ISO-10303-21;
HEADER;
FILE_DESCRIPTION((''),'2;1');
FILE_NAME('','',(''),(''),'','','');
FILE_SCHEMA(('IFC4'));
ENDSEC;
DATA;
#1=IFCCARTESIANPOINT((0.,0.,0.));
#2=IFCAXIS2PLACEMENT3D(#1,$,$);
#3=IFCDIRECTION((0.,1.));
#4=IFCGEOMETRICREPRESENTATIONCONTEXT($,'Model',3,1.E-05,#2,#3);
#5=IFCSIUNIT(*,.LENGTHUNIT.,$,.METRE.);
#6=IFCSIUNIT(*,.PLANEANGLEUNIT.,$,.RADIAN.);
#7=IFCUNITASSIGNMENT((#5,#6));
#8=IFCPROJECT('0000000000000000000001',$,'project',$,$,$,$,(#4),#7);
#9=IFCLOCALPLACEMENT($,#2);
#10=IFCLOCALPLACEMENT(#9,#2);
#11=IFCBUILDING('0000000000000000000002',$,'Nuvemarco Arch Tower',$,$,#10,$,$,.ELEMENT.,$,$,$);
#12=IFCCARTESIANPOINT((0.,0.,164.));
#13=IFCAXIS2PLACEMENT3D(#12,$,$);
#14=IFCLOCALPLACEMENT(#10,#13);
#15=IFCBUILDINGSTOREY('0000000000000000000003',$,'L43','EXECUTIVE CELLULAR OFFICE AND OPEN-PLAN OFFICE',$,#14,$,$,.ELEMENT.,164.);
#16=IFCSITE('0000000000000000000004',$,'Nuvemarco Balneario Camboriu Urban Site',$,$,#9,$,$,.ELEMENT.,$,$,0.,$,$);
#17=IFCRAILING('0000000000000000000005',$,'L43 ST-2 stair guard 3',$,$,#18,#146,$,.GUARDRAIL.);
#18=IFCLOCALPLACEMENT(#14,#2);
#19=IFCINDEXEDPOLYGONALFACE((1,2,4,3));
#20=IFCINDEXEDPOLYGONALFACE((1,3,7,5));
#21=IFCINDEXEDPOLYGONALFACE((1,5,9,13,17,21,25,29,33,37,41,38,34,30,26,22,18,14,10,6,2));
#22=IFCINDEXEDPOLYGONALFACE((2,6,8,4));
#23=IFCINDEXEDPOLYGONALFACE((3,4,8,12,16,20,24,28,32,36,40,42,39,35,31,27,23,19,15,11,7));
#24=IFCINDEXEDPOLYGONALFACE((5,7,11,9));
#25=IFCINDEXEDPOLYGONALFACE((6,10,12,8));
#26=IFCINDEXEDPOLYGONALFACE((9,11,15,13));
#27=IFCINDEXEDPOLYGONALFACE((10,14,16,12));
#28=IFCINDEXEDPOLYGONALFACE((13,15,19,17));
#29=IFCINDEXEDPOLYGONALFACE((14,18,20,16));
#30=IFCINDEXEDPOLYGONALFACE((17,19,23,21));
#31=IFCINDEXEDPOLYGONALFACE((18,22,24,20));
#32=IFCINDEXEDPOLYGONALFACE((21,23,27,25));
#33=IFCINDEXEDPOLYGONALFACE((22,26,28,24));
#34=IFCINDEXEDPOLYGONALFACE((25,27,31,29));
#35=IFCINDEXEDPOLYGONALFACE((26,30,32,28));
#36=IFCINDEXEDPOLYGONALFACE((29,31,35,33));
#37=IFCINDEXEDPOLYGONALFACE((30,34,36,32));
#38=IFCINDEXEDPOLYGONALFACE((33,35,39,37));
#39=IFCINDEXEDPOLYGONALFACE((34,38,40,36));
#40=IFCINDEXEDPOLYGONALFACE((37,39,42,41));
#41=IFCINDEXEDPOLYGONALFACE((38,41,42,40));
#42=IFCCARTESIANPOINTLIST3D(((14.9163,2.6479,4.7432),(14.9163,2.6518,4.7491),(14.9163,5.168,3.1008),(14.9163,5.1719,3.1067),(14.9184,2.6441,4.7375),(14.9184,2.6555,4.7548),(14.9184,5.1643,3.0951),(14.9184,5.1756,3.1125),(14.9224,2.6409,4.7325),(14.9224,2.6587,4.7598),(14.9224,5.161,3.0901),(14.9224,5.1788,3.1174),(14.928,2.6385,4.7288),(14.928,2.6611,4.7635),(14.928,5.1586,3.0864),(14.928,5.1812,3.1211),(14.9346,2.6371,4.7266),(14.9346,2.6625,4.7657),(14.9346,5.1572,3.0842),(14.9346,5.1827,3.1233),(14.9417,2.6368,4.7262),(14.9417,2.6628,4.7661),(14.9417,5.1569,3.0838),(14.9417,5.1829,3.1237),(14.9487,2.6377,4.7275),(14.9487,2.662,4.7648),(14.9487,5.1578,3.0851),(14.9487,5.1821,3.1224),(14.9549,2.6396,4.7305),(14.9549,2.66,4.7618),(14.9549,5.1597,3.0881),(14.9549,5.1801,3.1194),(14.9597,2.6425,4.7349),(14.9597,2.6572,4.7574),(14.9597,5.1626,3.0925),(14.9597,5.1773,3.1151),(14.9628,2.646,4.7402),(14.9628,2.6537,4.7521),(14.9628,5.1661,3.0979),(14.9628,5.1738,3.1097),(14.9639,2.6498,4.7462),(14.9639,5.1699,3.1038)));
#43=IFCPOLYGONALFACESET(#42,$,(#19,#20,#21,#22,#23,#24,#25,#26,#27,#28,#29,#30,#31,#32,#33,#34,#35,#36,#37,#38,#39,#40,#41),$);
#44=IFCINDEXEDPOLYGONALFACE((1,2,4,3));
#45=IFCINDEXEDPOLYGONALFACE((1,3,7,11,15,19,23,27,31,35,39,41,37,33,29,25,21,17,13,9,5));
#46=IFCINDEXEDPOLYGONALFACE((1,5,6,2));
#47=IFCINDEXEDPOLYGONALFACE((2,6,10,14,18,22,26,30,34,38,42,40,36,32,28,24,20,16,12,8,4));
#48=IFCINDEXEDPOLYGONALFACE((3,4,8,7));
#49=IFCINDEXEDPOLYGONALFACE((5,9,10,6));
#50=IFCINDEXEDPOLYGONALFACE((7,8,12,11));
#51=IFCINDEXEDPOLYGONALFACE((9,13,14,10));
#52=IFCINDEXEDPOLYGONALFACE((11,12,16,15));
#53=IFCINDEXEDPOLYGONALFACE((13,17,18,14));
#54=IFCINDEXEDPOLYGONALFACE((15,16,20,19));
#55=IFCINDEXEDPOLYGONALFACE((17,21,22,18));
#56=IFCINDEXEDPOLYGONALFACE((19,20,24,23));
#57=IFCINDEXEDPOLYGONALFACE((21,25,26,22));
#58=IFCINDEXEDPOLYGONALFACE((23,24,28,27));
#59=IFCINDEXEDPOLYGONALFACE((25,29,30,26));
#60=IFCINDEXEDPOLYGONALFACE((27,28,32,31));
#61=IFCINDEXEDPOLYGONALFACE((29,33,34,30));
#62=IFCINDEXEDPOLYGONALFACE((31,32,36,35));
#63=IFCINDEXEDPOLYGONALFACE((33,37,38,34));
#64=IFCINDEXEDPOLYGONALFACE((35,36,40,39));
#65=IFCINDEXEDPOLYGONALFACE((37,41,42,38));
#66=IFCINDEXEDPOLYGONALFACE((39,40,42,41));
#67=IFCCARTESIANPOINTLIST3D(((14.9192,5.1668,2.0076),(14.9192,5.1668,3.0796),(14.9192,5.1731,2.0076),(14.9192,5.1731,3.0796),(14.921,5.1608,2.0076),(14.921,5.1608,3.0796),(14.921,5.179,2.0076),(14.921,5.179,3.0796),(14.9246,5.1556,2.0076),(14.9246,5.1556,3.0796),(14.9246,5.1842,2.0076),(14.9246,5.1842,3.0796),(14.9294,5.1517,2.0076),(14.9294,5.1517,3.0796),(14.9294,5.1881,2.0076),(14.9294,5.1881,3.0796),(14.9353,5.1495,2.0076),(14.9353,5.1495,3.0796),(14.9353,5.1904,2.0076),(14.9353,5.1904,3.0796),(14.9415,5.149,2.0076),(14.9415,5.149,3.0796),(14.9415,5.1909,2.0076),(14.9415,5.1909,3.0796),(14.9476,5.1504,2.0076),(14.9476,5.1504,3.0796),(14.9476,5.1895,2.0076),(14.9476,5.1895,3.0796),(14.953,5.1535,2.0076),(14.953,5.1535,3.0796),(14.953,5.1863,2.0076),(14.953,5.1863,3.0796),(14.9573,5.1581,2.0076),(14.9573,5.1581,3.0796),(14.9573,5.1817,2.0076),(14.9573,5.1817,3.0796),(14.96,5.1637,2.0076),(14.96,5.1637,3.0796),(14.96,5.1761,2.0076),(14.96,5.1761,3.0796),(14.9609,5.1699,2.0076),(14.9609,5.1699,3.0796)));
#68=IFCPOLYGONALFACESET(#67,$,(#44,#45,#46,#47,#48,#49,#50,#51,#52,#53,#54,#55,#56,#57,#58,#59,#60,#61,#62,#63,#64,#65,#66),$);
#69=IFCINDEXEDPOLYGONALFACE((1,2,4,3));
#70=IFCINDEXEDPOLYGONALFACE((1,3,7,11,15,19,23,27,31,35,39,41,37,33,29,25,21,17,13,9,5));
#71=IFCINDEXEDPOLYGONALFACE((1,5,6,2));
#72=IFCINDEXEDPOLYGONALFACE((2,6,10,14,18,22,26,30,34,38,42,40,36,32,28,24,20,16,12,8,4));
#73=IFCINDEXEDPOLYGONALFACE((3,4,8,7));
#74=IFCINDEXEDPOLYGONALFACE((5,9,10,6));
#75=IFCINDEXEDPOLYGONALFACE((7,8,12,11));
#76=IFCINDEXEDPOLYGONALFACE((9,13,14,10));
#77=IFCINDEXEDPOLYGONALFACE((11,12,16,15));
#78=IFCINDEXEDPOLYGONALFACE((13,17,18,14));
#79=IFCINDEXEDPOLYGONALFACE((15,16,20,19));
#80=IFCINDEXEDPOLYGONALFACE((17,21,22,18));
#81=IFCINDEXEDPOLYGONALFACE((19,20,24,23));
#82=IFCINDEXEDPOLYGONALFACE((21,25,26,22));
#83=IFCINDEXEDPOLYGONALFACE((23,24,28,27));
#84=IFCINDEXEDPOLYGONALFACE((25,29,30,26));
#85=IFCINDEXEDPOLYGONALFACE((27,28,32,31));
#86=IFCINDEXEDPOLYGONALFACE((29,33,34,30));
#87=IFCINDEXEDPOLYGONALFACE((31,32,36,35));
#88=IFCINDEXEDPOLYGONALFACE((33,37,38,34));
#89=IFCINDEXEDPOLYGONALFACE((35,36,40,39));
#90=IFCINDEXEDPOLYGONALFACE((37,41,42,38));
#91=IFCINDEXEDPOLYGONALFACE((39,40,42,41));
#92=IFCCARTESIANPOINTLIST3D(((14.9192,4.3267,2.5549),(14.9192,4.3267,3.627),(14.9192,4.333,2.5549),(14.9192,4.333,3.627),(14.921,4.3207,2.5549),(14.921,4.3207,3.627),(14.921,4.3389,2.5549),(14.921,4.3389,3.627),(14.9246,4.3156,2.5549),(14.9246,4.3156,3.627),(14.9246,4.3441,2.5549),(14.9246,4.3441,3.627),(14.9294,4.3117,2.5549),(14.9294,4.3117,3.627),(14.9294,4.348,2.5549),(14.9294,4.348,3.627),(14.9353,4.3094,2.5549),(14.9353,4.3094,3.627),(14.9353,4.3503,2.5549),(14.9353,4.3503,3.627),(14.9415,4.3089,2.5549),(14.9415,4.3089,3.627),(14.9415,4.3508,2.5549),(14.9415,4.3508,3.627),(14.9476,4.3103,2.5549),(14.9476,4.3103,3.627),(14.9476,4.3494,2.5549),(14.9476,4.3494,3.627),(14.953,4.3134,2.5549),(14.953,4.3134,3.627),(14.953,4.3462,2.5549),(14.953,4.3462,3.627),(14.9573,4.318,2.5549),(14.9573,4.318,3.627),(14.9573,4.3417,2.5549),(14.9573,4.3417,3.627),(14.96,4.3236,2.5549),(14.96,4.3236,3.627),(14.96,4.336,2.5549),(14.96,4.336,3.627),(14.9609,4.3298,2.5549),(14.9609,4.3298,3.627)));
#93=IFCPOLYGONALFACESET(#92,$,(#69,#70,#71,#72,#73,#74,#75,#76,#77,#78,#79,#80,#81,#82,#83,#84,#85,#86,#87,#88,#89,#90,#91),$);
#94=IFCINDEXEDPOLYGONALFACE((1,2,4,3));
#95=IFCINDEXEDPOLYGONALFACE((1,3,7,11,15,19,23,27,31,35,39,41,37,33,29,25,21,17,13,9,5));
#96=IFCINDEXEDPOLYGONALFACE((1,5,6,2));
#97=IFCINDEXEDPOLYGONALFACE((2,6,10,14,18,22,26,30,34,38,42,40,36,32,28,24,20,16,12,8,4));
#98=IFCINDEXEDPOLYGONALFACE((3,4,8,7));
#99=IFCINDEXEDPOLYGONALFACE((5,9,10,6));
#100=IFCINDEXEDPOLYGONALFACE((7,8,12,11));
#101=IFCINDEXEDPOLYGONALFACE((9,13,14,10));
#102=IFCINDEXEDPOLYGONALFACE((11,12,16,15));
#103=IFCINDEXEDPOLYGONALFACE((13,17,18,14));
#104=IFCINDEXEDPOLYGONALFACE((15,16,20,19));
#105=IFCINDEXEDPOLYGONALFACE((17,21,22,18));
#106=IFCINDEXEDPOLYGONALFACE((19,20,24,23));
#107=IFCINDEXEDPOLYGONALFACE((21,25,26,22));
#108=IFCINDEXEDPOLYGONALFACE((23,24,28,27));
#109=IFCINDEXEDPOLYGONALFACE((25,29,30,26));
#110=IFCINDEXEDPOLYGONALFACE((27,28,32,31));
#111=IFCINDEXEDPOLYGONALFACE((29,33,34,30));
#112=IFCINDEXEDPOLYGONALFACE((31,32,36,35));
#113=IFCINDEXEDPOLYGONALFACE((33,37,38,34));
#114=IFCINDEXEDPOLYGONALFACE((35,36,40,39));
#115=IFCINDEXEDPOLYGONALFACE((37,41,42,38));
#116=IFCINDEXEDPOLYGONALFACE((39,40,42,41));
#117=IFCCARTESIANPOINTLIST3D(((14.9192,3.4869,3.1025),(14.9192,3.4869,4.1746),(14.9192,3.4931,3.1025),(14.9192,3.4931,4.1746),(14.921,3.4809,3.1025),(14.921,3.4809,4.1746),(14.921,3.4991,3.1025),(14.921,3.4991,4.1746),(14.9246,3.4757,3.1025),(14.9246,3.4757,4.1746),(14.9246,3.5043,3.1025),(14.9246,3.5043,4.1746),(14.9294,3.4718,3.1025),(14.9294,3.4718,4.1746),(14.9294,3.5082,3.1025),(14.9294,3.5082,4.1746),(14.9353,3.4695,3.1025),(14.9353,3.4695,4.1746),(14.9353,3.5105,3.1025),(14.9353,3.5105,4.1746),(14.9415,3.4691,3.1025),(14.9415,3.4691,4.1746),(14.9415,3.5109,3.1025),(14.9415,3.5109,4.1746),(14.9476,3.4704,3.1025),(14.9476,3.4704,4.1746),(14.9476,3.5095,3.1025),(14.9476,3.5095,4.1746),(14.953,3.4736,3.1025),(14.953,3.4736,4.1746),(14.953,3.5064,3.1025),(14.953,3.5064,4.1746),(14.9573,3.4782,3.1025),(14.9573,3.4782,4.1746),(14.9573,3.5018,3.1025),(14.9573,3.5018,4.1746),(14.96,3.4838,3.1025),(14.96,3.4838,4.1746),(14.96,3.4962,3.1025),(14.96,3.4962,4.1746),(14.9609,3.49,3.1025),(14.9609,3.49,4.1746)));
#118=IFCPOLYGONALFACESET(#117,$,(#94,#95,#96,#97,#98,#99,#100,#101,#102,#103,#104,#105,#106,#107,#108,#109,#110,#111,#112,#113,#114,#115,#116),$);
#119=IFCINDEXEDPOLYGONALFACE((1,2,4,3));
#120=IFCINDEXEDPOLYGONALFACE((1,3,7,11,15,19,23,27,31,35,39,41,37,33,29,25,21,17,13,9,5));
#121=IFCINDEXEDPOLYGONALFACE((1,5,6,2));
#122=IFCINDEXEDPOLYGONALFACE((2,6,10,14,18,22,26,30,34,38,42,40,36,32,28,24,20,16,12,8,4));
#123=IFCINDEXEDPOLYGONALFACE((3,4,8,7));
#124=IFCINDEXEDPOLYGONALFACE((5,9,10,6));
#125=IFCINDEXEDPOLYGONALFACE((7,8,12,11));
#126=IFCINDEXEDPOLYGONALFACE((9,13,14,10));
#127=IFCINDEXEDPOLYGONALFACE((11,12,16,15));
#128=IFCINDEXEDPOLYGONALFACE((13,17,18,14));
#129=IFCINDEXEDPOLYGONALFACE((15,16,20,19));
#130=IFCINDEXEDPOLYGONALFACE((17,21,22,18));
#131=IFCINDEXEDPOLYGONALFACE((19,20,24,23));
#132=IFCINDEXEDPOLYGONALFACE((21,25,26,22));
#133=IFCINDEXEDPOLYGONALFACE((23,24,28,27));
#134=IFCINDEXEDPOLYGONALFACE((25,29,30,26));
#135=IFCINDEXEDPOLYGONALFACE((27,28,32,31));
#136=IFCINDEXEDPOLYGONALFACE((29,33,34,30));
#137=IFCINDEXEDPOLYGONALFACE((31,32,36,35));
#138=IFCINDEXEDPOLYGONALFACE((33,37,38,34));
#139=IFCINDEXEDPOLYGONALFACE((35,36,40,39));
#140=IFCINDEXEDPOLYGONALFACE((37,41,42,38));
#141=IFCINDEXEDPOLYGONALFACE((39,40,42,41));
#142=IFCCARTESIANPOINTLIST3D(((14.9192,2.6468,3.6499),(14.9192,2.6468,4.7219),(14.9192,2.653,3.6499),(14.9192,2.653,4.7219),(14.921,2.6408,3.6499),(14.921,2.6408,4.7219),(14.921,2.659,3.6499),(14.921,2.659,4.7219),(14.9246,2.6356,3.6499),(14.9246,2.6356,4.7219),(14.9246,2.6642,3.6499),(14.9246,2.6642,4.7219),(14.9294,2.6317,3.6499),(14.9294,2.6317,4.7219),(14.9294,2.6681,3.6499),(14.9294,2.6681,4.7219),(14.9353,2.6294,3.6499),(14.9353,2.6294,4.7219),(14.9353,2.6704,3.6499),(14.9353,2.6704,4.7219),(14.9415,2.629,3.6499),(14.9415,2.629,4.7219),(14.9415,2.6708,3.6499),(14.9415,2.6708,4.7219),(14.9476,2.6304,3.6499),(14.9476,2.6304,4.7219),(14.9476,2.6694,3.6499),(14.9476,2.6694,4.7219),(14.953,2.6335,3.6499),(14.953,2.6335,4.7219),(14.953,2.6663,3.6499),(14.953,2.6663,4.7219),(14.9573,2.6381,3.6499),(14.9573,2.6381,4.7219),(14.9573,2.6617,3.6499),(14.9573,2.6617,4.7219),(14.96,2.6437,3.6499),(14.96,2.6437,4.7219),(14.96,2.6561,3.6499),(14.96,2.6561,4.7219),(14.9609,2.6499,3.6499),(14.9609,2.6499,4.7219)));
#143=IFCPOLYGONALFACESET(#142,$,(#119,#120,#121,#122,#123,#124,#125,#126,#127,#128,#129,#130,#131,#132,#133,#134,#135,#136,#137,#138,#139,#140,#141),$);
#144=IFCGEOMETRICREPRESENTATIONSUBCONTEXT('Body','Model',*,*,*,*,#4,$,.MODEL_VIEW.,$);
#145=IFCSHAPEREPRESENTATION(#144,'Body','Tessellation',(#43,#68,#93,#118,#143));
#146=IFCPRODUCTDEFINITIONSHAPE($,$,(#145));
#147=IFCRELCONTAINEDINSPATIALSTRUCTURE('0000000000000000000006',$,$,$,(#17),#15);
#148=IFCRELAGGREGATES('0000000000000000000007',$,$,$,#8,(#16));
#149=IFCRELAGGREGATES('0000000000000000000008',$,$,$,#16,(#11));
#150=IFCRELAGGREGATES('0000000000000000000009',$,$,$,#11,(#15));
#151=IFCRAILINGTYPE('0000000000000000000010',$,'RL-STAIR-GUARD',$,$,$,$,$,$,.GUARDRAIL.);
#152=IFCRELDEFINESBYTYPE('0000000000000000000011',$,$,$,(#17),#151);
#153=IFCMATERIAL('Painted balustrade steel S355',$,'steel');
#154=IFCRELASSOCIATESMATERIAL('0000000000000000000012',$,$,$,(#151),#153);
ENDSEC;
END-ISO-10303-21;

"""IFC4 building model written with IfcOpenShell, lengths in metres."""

from ifc_helpers import new_model, si_unit, direction, frame, origin, origin_2d, place, context, subcontext, project, spatial, circle, extrude, material, type_object, element, save


model = new_model("IFC4")

# Units and contexts
model_context = context("Model", 3, precision=1e-05, world=origin(), true_north=direction((0.0, 1.0)))
body_context = subcontext(model_context, "Body", "Model", "MODEL_VIEW")
ifc_project = project(units=[si_unit("LENGTHUNIT", "METRE"), si_unit("PLANEANGLEUNIT", "RADIAN")], contexts=[model_context])

# Site, building, storey
site_placement = place(None, origin())
site = spatial("IfcSite", under=ifc_project, at=site_placement, Name="Nuvemarco Balneario Camboriu Urban Site", CompositionType="ELEMENT", RefElevation=0.0)
building_placement = place(site_placement, origin())
building = spatial("IfcBuilding", under=site, at=building_placement, Name="Nuvemarco Arch Tower", CompositionType="ELEMENT")
storey_placement = place(building_placement, frame((0.0, 0.0, 164.0)))
storey = spatial("IfcBuildingStorey", under=building, at=storey_placement, Name="L43", Description="EXECUTIVE CELLULAR OFFICE AND OPEN-PLAN OFFICE", CompositionType="ELEMENT", Elevation=164.0)

# Railing
ifc_material_1 = material(Name="Painted balustrade steel S355", Category="steel")
railing_type_1 = type_object("IfcRailingType", Name="RL-STAIR-GUARD", PredefinedType="GUARDRAIL", material=ifc_material_1)
railing_1_placement = place(storey_placement, frame((14.9399, 5.1699, 2.0076)))
element("IfcRailing", 1, at=railing_1_placement, inside=storey, type_object=railing_type_1, Name="L43 ST-2 stair guard 3", PredefinedType="GUARDRAIL", context=body_context, shape_type="SweptSolid", body=[
    extrude(circle(Radius=0.0239, at=origin_2d()), frame((0.0, 0.0, 1.0962), z_axis=(0.0, -0.837787, 0.545998), x_axis=(1.0, 0.0, 0.0)), (0.0, 0.0, 1.0), 3.0081),
    extrude(circle(Radius=0.021, at=origin_2d()), origin(), (0.0, 0.0, 1.0), 1.072),
    extrude(circle(Radius=0.021, at=origin_2d()), frame((0.0, -0.8401, 0.5474)), (0.0, 0.0, 1.0), 1.072),
    extrude(circle(Radius=0.021, at=origin_2d()), frame((0.0, -1.6799, 1.095)), (0.0, 0.0, 1.0), 1.072),
    extrude(circle(Radius=0.021, at=origin_2d()), frame((0.0, -2.52, 1.6423)), (0.0, 0.0, 1.0), 1.072),
])

save(model, "model.ifc")
